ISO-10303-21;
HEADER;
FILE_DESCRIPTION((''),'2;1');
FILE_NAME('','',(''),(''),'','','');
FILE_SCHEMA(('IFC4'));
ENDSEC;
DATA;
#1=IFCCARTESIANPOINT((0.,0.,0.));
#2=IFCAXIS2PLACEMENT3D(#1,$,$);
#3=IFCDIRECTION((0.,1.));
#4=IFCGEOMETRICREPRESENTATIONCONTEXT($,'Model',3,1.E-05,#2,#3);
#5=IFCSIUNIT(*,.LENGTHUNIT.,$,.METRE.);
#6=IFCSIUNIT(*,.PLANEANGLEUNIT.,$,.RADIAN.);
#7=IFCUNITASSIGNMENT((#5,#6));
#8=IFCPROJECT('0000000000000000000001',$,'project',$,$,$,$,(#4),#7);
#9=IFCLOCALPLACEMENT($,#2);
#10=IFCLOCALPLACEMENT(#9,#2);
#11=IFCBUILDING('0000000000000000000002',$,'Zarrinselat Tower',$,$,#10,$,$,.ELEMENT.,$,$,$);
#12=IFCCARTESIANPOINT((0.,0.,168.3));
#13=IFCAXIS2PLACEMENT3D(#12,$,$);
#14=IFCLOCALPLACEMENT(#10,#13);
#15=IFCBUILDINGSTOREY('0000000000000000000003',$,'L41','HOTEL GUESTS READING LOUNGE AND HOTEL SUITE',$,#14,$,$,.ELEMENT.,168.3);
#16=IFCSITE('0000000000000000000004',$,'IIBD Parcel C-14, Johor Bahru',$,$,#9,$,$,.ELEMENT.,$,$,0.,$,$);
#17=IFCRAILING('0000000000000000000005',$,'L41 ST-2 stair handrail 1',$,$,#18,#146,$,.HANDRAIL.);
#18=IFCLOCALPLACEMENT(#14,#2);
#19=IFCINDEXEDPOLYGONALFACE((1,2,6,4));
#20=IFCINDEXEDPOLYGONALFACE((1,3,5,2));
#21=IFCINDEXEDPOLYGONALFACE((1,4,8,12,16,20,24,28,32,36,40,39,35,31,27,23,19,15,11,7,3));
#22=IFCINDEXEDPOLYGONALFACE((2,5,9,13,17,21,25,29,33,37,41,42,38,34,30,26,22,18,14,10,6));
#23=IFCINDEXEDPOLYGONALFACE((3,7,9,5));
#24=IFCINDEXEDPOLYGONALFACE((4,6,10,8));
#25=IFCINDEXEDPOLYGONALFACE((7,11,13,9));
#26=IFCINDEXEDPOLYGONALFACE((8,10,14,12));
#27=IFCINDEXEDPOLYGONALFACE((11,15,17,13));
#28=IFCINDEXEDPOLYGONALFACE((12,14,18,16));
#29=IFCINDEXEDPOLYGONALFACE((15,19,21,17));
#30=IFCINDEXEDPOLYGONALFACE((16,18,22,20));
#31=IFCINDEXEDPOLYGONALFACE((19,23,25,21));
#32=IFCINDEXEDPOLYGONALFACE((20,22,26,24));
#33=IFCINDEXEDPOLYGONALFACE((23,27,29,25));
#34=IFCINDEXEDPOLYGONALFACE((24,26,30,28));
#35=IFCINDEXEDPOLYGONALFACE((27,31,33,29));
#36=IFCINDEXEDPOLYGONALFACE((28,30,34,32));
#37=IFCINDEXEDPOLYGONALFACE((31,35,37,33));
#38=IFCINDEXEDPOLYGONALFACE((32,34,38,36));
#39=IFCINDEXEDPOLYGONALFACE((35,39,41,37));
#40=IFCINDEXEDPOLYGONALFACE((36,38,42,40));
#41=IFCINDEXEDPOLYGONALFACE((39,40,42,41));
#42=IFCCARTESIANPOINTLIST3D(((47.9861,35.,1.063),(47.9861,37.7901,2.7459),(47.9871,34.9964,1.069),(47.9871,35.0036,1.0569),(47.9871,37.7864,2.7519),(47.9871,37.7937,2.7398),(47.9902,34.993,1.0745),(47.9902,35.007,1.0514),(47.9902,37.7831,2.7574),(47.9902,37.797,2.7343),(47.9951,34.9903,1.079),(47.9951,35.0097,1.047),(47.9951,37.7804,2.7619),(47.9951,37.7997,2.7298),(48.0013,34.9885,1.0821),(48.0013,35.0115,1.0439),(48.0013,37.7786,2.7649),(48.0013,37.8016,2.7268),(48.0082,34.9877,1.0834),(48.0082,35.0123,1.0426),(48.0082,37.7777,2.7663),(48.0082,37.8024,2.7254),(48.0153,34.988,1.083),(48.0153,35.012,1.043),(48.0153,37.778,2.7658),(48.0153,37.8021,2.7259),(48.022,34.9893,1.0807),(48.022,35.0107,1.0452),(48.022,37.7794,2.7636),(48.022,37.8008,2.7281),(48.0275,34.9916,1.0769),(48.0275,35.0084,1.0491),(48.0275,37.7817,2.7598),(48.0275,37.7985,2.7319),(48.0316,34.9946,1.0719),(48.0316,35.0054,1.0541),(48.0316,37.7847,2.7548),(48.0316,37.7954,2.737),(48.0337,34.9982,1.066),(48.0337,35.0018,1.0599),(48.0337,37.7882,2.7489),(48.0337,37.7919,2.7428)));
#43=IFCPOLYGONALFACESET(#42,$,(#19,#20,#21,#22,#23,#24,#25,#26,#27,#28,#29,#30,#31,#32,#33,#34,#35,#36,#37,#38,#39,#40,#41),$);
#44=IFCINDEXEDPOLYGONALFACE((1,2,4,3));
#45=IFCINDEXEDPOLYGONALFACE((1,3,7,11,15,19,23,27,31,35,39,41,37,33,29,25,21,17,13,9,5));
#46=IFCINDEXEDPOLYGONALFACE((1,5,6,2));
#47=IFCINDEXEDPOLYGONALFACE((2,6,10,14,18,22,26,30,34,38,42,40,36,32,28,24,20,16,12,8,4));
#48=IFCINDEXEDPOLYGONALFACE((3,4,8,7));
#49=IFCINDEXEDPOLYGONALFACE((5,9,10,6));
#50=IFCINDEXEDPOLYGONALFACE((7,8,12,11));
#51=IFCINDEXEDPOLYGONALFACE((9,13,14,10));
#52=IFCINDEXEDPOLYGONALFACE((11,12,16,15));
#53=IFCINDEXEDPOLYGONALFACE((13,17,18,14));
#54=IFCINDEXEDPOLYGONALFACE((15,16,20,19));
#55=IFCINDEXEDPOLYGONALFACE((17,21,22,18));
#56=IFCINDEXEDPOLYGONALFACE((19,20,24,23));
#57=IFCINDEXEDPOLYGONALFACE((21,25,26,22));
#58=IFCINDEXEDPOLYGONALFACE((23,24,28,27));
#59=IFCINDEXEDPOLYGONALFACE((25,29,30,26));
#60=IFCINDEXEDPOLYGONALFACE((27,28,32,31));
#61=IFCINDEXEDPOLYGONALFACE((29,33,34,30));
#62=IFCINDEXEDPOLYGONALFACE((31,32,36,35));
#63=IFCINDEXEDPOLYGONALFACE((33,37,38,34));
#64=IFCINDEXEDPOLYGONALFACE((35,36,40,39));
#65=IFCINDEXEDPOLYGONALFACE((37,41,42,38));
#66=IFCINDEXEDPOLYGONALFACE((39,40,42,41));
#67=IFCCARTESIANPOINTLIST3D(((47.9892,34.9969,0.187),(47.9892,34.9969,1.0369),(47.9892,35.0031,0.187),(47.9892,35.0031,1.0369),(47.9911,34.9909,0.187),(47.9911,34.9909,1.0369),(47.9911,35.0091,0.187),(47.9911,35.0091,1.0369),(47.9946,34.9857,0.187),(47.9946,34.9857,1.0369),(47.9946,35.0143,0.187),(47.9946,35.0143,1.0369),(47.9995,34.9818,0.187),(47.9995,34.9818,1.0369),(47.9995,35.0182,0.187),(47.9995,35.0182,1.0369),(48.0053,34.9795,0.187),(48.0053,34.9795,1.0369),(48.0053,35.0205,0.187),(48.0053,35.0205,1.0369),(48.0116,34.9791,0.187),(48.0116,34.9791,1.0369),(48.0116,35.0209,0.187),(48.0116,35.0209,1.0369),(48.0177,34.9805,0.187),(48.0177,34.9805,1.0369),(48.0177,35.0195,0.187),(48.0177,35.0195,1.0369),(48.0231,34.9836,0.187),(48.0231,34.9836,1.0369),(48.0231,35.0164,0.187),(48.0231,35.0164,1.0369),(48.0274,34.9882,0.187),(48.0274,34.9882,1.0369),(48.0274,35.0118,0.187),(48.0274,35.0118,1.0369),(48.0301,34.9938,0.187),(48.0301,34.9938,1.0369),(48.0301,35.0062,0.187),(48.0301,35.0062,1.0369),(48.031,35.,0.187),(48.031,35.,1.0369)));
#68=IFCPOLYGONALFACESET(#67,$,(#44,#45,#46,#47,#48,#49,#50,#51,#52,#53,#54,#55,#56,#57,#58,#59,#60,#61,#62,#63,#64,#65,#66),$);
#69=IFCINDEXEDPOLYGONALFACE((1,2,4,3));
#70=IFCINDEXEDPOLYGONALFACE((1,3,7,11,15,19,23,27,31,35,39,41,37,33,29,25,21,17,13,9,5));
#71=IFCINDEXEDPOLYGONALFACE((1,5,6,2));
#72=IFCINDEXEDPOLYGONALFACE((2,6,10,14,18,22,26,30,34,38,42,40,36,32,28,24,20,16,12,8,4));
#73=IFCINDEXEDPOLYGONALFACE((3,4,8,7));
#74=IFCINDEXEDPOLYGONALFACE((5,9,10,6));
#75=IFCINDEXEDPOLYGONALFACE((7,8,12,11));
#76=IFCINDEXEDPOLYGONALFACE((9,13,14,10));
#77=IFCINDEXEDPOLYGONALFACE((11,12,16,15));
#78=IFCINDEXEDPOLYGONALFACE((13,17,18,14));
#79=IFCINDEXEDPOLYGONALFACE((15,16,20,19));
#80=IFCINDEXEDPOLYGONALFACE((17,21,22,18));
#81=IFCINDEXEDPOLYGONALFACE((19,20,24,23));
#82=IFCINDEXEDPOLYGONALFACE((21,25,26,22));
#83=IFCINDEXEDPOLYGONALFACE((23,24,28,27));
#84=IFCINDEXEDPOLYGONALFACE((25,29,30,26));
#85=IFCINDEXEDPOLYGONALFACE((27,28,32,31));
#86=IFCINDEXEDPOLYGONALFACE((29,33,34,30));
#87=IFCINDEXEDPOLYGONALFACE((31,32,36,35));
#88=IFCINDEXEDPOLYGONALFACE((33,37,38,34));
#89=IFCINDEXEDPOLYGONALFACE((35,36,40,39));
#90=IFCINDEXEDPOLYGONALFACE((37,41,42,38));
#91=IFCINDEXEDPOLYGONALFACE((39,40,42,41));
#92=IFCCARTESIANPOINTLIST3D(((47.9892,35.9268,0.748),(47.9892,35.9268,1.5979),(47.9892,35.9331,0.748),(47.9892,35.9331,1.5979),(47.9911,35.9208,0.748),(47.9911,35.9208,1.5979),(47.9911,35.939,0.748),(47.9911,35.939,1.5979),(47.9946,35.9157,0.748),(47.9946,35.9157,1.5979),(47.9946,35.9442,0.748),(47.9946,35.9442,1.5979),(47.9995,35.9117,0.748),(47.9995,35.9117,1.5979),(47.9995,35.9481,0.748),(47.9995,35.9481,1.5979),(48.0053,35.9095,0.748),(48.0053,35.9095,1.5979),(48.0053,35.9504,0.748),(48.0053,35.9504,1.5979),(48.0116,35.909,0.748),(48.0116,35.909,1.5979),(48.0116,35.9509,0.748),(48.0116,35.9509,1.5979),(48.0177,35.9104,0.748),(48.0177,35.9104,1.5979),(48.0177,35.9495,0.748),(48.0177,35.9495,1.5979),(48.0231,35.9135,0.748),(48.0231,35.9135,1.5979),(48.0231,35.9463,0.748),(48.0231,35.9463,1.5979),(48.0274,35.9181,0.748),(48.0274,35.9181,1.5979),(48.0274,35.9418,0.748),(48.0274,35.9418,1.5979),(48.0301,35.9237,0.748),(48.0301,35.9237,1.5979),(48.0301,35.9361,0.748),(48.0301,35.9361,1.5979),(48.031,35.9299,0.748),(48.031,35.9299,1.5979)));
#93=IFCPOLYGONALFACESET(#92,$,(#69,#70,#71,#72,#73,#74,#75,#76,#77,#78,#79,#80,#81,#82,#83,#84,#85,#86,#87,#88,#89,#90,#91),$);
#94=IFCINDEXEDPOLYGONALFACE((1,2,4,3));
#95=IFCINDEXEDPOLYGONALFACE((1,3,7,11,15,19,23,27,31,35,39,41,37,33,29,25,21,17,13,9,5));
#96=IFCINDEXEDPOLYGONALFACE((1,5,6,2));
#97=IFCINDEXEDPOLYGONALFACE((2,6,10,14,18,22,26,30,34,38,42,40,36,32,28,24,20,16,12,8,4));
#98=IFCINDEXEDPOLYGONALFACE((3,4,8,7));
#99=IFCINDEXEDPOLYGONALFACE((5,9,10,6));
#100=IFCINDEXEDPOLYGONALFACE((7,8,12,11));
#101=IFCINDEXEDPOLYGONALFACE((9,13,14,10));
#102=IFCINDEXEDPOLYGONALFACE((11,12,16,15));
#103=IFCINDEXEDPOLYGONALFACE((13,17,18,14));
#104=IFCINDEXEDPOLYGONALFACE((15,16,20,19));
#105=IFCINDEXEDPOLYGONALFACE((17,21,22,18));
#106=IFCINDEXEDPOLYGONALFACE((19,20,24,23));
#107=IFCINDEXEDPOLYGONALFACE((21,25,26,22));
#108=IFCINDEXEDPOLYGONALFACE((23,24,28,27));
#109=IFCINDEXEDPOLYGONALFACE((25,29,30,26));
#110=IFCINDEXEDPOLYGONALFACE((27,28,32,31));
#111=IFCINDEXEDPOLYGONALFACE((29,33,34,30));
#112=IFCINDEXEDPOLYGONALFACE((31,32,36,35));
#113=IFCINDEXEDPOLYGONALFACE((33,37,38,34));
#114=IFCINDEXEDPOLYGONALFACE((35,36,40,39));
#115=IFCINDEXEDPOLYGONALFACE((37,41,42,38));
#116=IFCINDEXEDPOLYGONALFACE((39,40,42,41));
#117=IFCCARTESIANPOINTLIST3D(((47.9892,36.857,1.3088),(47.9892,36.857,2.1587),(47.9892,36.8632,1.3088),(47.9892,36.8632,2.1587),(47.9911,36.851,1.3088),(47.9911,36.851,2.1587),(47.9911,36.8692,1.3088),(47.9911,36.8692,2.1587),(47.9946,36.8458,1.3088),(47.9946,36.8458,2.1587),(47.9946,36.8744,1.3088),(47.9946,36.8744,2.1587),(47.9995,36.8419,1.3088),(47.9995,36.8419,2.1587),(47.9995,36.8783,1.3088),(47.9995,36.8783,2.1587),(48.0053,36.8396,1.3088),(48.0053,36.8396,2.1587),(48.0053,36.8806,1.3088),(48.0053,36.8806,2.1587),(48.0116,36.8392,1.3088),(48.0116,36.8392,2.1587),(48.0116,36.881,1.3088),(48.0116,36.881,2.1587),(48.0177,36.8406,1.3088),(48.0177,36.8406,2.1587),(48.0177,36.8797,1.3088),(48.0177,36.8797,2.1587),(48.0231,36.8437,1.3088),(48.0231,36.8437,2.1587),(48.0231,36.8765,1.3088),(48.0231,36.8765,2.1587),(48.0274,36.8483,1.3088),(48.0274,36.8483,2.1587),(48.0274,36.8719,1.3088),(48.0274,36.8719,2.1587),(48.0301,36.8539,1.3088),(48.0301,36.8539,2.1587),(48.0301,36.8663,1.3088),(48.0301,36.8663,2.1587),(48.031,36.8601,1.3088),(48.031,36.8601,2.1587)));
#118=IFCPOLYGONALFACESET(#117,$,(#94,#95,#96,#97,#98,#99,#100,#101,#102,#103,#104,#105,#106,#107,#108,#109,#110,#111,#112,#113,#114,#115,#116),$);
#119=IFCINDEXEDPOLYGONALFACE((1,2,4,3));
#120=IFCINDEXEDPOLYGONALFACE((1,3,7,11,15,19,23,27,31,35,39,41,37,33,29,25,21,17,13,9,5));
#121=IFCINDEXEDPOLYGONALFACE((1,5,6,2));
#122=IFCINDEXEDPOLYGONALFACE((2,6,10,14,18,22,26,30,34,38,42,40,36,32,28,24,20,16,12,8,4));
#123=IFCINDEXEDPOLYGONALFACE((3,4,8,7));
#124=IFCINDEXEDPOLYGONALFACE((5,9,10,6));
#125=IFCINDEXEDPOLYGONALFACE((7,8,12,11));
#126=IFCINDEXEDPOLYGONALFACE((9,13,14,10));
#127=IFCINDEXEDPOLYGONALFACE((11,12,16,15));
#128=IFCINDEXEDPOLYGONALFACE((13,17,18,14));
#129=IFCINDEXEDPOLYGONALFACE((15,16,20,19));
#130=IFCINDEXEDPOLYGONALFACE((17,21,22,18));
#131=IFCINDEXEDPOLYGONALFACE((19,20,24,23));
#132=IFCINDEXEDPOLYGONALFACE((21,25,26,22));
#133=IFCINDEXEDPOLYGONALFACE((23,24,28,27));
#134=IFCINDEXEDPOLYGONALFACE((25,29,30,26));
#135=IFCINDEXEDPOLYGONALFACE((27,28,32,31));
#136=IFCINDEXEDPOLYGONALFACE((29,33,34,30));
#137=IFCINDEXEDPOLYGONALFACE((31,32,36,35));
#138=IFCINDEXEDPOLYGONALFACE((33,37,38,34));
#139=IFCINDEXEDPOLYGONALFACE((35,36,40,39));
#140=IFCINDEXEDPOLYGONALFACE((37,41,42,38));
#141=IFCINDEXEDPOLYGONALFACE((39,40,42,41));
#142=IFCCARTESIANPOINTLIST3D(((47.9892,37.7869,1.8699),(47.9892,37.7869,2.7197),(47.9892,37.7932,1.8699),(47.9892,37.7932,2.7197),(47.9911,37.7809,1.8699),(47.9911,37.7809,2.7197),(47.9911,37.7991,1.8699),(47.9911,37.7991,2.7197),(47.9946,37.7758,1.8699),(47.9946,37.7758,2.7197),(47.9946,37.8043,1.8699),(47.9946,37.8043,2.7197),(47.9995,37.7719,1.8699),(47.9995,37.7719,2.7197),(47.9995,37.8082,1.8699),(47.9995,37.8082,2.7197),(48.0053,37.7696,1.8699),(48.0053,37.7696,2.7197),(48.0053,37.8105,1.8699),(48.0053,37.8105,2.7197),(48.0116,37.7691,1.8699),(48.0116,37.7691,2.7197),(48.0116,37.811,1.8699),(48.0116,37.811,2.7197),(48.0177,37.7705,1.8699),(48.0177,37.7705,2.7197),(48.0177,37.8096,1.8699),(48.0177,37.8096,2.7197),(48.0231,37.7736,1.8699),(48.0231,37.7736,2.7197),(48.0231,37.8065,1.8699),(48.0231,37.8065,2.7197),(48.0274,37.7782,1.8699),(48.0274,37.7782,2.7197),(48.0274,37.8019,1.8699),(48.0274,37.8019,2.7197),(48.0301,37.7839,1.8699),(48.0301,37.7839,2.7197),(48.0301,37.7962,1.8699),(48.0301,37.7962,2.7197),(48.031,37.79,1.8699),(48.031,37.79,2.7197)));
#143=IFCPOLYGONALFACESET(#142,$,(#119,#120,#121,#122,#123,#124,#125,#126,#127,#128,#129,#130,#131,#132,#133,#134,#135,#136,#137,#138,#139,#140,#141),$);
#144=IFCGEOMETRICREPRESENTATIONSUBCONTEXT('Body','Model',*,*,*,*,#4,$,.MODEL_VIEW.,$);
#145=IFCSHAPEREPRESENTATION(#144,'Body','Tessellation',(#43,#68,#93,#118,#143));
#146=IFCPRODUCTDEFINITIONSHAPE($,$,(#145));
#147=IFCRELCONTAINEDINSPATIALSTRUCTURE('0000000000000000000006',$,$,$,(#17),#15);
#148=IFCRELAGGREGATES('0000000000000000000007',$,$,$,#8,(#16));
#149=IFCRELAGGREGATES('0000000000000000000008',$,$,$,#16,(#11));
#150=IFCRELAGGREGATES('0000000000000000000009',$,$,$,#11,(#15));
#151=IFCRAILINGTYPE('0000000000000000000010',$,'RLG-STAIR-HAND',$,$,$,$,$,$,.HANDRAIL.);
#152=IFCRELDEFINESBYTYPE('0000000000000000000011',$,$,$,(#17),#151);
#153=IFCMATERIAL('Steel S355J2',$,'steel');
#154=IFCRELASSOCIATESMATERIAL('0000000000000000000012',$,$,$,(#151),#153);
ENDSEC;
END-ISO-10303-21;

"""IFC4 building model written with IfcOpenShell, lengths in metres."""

from ifc_helpers import new_model, si_unit, direction, frame, origin, origin_2d, place, context, subcontext, project, spatial, circle, extrude, material, type_object, element, save


model = new_model("IFC4")

# Units and contexts
model_context = context("Model", 3, precision=1e-05, world=origin(), true_north=direction((0.0, 1.0)))
body_context = subcontext(model_context, "Body", "Model", "MODEL_VIEW")
ifc_project = project(units=[si_unit("LENGTHUNIT", "METRE"), si_unit("PLANEANGLEUNIT", "RADIAN")], contexts=[model_context])

# Site, building, storey
site_placement = place(None, origin())
site = spatial("IfcSite", under=ifc_project, at=site_placement, Name="IIBD Parcel C-14, Johor Bahru", CompositionType="ELEMENT", RefElevation=0.0)
building_placement = place(site_placement, origin())
building = spatial("IfcBuilding", under=site, at=building_placement, Name="Zarrinselat Tower", CompositionType="ELEMENT")
storey_placement = place(building_placement, frame((0.0, 0.0, 168.3)))
storey = spatial("IfcBuildingStorey", under=building, at=storey_placement, Name="L41", Description="HOTEL GUESTS READING LOUNGE AND HOTEL SUITE", CompositionType="ELEMENT", Elevation=168.3)

# Railing
ifc_material_1 = material(Name="Steel S355J2", Category="steel")
railing_type_1 = type_object("IfcRailingType", Name="RLG-STAIR-HAND", PredefinedType="HANDRAIL", material=ifc_material_1)
railing_1_placement = place(storey_placement, frame((48.01, 35.0, 0.187)))
element("IfcRailing", 1, at=railing_1_placement, inside=storey, type_object=railing_type_1, Name="L41 ST-2 stair handrail 1", PredefinedType="HANDRAIL", context=body_context, shape_type="SweptSolid", body=[
    extrude(circle(Radius=0.0239, at=origin_2d()), frame((0.0, 0.0, 0.876), z_axis=(0.0, 0.856294, 0.516489), x_axis=(-1.0, 0.0, 0.0)), (0.0, 0.0, 1.0), 3.2583),
    extrude(circle(Radius=0.021, at=origin_2d()), origin(), (0.0, 0.0, 1.0), 0.8499),
    extrude(circle(Radius=0.021, at=origin_2d()), frame((0.0, 0.9299, 0.561)), (0.0, 0.0, 1.0), 0.8499),
    extrude(circle(Radius=0.021, at=origin_2d()), frame((0.0, 1.8601, 1.1218)), (0.0, 0.0, 1.0), 0.8499),
    extrude(circle(Radius=0.021, at=origin_2d()), frame((0.0, 2.79, 1.6829)), (0.0, 0.0, 1.0), 0.8499),
])

save(model, "model.ifc")
